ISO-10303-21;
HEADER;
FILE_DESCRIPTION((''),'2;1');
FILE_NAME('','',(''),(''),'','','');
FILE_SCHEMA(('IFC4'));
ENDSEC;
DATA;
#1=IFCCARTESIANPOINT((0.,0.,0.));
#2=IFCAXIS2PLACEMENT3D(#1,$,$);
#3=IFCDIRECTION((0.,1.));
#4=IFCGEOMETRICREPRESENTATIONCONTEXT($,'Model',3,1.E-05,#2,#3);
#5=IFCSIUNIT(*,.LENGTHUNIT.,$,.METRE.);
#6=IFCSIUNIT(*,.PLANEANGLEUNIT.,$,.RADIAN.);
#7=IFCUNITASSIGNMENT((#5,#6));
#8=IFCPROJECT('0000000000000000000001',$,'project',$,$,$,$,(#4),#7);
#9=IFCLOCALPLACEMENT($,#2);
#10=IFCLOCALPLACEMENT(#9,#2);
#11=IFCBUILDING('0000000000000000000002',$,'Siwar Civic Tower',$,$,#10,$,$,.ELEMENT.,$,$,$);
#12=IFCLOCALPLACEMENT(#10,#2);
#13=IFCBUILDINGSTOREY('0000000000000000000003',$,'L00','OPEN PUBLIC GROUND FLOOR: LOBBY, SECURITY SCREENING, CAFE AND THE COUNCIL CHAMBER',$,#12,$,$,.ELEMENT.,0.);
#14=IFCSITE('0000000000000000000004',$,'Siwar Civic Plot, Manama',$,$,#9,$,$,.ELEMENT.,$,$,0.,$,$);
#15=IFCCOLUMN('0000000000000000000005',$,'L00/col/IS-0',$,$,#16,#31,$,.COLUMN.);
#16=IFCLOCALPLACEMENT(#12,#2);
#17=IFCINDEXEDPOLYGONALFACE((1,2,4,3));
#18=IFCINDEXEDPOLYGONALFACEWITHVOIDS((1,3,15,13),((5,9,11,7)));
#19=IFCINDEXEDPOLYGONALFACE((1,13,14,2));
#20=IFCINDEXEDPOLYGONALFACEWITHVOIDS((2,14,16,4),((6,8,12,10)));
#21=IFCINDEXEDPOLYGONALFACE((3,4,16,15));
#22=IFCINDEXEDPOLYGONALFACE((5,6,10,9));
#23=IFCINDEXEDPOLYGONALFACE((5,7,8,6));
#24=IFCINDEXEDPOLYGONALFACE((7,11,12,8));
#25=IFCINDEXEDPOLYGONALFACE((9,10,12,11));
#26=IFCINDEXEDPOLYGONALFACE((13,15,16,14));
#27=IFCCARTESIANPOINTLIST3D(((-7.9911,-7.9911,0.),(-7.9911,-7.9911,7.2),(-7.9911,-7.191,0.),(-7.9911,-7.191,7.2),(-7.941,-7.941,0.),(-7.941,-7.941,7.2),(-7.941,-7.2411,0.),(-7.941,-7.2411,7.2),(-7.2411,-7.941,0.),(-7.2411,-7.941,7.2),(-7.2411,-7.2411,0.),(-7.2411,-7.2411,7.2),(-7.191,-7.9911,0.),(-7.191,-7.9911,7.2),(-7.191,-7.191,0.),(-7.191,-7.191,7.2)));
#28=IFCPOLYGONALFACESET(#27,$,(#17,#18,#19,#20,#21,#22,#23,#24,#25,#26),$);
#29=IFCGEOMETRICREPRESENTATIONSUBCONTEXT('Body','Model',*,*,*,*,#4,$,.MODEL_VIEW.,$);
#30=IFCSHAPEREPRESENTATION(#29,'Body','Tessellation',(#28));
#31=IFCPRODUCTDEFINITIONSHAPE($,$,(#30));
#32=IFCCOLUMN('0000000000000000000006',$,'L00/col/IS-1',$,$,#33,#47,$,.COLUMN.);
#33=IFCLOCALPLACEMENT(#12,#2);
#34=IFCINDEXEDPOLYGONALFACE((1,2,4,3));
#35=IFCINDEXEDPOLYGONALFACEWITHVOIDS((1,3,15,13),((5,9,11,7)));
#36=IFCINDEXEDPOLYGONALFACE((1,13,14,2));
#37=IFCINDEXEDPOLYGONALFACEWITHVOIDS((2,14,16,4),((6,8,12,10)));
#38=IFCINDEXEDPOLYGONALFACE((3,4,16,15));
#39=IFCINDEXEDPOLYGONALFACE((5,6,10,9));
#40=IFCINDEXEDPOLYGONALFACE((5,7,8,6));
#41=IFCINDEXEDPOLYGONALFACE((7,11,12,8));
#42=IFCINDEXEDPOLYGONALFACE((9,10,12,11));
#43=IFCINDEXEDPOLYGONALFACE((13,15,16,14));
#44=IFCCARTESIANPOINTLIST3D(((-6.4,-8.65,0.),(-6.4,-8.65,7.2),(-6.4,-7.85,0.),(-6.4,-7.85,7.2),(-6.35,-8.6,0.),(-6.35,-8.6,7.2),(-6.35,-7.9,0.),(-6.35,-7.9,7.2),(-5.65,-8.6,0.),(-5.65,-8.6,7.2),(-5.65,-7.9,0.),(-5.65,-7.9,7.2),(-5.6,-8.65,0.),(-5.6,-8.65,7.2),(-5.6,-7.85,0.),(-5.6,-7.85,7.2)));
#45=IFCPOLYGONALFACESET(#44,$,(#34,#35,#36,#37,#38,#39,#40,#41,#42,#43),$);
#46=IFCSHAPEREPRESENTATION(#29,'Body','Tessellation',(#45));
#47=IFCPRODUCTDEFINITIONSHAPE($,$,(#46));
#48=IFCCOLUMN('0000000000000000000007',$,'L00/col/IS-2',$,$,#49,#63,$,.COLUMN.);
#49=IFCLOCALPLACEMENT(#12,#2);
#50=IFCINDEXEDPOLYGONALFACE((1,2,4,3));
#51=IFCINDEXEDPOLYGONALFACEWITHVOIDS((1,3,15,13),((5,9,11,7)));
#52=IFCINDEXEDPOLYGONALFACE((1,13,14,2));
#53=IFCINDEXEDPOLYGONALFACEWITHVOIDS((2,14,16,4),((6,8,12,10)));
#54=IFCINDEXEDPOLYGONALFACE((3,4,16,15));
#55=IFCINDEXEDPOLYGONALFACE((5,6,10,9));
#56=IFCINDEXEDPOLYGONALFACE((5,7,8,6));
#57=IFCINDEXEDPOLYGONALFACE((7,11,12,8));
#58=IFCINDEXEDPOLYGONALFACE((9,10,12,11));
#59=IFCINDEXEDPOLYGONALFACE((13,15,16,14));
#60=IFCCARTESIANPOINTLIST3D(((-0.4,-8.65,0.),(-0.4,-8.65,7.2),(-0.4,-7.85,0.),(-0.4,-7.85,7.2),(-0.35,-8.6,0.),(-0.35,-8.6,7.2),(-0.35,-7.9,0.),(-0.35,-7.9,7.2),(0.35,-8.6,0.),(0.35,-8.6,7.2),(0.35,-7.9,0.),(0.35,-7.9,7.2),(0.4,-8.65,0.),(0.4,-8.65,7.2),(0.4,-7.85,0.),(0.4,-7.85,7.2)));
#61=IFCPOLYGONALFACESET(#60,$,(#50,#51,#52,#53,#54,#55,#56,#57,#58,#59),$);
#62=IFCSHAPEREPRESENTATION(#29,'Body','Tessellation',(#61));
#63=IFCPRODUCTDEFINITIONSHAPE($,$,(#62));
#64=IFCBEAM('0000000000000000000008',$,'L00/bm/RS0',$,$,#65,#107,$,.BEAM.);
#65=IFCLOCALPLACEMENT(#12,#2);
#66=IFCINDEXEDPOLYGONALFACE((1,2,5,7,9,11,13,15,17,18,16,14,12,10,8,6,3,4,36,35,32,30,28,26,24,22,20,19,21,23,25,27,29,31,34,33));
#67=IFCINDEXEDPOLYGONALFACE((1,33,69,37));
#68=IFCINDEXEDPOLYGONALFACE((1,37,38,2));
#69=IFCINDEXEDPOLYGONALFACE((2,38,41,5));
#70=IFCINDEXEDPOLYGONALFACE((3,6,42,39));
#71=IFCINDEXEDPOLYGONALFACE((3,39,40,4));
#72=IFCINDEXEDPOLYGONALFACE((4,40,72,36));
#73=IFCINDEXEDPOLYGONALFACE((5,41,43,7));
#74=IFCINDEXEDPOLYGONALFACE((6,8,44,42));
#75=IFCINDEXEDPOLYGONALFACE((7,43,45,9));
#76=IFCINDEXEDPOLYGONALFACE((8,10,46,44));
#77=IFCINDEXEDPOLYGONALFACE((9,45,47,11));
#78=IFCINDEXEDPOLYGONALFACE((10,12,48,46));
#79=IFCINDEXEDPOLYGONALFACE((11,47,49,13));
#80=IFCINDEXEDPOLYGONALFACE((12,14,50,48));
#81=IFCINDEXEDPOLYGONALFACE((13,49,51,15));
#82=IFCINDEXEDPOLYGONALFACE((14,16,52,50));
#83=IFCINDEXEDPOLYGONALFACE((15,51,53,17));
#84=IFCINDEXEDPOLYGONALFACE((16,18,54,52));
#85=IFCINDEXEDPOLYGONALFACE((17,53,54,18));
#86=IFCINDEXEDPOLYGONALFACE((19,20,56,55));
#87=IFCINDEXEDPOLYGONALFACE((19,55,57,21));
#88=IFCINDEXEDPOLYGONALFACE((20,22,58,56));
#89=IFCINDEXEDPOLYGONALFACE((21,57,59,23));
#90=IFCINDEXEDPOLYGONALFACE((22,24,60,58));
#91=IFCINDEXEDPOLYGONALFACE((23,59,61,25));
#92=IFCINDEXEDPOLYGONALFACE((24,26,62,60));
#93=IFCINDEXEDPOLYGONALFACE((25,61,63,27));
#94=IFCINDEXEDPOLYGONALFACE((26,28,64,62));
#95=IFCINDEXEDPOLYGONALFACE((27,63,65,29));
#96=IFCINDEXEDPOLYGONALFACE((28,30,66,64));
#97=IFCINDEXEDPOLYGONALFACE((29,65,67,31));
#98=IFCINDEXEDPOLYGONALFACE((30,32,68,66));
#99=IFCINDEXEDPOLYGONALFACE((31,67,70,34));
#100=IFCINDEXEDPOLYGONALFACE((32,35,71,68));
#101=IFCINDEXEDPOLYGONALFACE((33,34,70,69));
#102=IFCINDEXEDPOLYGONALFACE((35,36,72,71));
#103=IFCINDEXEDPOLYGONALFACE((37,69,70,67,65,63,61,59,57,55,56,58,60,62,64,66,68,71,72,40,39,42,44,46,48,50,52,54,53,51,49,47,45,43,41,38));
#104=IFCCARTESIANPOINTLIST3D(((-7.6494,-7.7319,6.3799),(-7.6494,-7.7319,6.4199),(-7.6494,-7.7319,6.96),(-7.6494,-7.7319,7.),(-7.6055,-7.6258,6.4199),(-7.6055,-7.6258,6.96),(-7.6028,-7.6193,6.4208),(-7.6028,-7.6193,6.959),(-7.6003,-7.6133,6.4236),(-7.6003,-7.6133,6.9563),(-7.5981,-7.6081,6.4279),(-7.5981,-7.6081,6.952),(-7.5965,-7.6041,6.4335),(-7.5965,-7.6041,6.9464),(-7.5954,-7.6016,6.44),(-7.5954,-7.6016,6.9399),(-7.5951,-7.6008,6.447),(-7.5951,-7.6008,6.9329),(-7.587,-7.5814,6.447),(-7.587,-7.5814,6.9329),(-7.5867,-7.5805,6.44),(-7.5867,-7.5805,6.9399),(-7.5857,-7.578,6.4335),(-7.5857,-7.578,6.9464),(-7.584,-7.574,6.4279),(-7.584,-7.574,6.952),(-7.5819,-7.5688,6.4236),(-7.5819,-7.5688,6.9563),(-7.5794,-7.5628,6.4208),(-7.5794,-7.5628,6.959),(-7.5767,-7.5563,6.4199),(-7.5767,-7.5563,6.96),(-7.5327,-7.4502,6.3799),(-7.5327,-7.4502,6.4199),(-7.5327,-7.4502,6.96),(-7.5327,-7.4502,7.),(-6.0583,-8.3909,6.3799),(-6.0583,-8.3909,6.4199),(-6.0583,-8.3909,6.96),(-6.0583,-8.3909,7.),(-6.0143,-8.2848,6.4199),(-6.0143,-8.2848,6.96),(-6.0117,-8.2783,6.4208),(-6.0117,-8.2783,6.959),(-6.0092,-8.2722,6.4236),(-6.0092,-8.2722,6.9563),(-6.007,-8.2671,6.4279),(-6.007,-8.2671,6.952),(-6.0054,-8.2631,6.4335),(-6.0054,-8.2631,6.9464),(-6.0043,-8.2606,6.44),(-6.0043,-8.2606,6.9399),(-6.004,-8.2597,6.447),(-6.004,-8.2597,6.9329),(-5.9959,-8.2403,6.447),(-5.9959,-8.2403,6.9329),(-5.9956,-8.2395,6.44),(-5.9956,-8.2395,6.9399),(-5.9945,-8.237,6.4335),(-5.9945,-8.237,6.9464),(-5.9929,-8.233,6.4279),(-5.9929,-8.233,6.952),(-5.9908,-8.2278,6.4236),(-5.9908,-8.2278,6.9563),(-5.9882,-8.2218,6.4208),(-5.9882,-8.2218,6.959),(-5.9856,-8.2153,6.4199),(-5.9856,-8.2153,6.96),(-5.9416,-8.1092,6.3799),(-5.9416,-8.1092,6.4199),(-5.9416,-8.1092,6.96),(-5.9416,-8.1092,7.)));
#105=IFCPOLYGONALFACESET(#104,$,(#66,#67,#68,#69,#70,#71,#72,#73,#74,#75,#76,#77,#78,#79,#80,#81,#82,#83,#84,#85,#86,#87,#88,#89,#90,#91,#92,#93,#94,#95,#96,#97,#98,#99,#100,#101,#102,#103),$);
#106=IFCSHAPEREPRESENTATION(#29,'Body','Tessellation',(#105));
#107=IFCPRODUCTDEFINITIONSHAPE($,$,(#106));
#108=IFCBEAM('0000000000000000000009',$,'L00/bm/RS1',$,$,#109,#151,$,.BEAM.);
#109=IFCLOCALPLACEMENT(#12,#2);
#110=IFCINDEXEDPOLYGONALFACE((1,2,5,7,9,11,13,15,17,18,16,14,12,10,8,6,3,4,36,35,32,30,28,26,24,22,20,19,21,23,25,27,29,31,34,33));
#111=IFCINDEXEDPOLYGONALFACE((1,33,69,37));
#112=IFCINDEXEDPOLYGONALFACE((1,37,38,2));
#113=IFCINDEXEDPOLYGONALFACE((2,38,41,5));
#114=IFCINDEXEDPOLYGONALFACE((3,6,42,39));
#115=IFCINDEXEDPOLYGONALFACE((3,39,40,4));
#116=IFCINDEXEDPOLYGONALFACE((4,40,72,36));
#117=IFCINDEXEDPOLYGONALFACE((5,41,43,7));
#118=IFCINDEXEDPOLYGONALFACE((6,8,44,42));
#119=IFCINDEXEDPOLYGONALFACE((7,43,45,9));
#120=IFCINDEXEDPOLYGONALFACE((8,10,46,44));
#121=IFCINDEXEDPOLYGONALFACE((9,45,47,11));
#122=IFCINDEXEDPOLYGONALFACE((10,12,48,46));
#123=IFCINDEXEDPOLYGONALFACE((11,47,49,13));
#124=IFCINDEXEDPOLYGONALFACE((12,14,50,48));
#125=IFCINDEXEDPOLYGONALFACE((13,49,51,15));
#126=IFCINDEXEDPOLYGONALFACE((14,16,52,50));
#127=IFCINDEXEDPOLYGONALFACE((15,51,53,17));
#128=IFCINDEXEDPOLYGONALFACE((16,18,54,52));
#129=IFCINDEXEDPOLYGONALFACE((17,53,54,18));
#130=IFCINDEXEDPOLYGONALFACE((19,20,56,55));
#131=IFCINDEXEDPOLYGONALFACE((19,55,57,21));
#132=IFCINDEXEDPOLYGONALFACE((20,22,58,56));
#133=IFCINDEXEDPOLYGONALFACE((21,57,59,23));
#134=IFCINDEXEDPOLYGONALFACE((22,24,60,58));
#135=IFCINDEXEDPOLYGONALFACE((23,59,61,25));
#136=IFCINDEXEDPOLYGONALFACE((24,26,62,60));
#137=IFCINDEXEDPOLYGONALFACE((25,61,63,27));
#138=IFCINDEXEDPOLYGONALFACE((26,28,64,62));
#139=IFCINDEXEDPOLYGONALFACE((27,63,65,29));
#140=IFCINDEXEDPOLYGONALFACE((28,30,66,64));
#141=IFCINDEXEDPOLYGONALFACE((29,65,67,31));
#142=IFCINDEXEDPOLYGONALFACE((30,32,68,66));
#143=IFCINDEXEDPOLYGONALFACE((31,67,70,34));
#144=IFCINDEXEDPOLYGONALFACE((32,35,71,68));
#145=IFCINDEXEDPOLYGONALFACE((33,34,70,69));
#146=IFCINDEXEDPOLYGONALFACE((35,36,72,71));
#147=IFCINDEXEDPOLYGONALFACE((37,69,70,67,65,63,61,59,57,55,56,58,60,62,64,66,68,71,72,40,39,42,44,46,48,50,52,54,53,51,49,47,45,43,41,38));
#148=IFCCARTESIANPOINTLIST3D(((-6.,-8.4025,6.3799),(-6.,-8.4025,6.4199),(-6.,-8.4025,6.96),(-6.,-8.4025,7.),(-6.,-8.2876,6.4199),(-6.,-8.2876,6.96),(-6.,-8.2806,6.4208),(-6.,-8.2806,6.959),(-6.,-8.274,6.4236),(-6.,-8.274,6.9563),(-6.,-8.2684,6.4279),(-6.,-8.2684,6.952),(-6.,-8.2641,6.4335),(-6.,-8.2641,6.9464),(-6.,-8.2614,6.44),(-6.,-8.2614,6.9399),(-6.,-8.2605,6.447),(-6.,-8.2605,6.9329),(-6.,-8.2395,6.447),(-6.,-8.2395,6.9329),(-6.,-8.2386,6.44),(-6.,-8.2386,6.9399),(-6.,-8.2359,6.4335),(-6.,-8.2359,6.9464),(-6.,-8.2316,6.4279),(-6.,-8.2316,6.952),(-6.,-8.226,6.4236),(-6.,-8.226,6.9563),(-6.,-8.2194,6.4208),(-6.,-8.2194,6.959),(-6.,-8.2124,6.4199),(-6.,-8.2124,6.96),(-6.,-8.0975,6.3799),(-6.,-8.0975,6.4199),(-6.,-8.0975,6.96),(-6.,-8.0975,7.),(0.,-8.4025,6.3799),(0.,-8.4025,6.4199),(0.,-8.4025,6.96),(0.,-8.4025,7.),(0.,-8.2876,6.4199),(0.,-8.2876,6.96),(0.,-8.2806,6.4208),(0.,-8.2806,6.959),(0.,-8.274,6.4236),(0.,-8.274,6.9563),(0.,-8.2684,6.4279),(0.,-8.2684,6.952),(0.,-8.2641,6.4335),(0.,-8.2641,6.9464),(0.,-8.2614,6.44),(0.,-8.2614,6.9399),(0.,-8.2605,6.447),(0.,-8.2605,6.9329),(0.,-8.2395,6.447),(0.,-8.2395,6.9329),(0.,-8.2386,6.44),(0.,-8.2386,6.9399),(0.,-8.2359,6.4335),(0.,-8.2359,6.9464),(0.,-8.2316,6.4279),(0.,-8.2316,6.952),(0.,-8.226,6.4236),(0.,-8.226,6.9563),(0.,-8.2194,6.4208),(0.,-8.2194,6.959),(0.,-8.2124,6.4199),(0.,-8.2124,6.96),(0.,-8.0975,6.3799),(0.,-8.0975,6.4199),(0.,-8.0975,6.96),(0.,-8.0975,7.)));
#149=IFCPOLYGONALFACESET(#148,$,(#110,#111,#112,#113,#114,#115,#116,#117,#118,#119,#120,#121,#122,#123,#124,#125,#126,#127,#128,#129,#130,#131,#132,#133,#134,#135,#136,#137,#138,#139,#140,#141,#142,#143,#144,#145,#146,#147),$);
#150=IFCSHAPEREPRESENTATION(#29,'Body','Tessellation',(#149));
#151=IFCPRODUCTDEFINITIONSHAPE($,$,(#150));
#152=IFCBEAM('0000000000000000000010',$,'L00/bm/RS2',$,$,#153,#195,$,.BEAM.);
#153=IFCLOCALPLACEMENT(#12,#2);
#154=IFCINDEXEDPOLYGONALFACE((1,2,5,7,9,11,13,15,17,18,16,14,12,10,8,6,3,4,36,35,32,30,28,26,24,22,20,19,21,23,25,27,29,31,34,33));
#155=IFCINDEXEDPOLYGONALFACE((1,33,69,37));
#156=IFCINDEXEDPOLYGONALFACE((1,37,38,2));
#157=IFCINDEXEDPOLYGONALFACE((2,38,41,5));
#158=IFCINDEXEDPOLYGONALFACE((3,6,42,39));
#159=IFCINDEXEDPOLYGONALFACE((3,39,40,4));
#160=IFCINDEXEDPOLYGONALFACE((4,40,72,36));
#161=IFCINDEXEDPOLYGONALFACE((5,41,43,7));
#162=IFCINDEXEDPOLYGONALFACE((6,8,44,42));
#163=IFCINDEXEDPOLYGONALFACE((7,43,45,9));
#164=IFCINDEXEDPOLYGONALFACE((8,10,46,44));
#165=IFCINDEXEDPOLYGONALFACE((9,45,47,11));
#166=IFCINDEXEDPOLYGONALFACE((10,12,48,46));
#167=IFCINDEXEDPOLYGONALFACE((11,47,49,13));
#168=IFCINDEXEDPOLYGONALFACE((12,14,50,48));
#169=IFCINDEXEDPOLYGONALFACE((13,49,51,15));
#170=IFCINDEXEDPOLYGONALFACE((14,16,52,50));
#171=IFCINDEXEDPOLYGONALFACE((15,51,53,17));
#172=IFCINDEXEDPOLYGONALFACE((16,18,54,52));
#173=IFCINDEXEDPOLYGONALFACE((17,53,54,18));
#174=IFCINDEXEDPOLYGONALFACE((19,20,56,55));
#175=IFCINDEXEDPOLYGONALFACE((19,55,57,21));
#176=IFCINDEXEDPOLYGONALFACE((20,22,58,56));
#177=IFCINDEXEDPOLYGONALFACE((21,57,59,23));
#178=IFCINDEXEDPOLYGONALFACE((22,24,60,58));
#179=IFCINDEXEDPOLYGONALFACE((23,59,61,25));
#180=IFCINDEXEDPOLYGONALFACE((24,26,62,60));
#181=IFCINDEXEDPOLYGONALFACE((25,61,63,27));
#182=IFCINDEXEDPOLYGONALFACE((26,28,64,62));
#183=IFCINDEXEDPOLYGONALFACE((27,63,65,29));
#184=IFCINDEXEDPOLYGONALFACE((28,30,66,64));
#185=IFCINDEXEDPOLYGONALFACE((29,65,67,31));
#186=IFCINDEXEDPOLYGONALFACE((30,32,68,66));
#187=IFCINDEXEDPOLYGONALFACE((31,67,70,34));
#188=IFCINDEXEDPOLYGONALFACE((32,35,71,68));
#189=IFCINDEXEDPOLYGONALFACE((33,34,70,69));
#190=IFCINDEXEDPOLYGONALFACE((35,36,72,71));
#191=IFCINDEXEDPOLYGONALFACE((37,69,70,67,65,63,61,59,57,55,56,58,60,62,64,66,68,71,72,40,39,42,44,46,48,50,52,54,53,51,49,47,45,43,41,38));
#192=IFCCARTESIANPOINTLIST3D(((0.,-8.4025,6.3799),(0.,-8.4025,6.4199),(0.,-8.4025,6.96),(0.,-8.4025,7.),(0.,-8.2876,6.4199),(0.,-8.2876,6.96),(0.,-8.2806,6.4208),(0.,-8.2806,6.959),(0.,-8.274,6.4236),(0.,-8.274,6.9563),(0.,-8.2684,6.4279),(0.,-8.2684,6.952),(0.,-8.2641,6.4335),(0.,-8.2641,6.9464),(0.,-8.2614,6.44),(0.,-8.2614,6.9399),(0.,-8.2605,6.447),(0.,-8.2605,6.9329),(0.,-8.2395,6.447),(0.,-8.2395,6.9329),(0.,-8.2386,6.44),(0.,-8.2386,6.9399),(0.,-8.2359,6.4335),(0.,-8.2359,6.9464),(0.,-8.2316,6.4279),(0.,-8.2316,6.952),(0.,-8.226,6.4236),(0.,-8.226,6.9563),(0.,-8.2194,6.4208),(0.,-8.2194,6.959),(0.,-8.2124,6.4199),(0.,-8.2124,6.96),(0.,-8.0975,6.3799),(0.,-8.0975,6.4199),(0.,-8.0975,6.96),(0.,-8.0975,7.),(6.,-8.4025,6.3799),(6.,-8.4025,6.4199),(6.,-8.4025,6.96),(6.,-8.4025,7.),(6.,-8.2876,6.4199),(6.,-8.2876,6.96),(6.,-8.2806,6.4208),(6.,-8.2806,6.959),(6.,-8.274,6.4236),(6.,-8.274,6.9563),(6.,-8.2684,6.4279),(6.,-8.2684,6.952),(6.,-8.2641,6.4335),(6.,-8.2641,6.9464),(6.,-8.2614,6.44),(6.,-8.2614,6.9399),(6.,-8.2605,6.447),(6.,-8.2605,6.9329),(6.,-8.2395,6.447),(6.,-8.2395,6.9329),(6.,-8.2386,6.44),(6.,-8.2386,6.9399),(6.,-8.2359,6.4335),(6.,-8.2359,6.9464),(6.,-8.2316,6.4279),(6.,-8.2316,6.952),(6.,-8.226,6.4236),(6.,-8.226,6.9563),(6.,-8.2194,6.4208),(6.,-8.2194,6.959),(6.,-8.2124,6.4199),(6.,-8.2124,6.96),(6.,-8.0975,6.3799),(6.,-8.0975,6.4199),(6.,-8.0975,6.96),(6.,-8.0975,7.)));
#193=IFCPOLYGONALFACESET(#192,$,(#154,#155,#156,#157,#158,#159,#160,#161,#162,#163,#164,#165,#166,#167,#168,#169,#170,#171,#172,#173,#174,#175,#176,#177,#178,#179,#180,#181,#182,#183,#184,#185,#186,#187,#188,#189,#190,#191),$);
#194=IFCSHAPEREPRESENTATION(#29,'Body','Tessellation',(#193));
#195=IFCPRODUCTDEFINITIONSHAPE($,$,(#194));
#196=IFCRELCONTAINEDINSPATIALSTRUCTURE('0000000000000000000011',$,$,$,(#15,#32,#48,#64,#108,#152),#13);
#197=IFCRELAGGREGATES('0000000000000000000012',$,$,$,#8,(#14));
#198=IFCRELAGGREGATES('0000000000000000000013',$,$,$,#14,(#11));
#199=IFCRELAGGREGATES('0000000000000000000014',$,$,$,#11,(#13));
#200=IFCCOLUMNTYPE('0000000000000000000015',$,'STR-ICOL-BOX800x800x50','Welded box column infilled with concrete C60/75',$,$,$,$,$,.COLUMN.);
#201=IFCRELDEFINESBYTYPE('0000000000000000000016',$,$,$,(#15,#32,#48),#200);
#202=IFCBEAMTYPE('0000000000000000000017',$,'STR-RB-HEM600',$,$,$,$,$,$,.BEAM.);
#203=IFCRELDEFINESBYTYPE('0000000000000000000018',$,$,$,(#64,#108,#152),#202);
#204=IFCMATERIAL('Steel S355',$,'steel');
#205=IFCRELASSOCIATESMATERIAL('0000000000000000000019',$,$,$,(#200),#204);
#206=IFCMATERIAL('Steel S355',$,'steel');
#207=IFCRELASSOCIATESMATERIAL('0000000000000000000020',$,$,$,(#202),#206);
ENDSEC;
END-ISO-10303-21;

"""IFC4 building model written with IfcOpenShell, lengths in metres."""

from ifc_helpers import new_model, si_unit, direction, frame, origin, origin_2d, place, context, subcontext, project, spatial, hollow_rectangle, i_section, extrude, material, material_profile, profile_set, type_object, element, save


model = new_model("IFC4")

# Units and contexts
model_context = context("Model", 3, precision=1e-05, world=origin(), true_north=direction((0.0, 1.0)))
body_context = subcontext(model_context, "Body", "Model", "MODEL_VIEW")
ifc_project = project(units=[si_unit("LENGTHUNIT", "METRE"), si_unit("PLANEANGLEUNIT", "RADIAN")], contexts=[model_context])

# Site, building, storey
site_placement = place(None, origin())
site = spatial("IfcSite", under=ifc_project, at=site_placement, Name="Siwar Civic Plot, Manama", CompositionType="ELEMENT", RefElevation=0.0)
building_placement = place(site_placement, origin())
building = spatial("IfcBuilding", under=site, at=building_placement, Name="Siwar Civic Tower", CompositionType="ELEMENT")
storey_placement = place(building_placement, origin())
storey = spatial("IfcBuildingStorey", under=building, at=storey_placement, Name="L00", Description="OPEN PUBLIC GROUND FLOOR: LOBBY, SECURITY SCREENING, CAFE AND THE COUNCIL CHAMBER", CompositionType="ELEMENT", Elevation=0.0)

# Columns
ifc_material_1 = material(Name="Steel S355", Category="steel")
ifc_material_profile_1 = material_profile(ifc_material_1, hollow_rectangle(XDim=0.8, YDim=0.8, WallThickness=0.05, at=origin_2d()), Name="BOX800x800x50")
ifc_profile_set_1 = profile_set([ifc_material_profile_1], Name="Steel S355")
column_type = type_object("IfcColumnType", Name="STR-ICOL-BOX800x800x50", Description="Welded box column infilled with concrete C60/75", PredefinedType="COLUMN", material=ifc_profile_set_1)
for number, where, z_axis, x_axis, name in (
    (1, (-7.5911, -7.5911, 0.0), (0.0, 0.0, 1.0), (1.0, 0.0, 0.0), "L00/col/IS-0"),
    (2, (-6.0, -8.25, 0.0), (0.0, 0.0, 1.0), (1.0, 0.0, 0.0), "L00/col/IS-1"),
    (3, (0.0, -8.25, 0.0), (0.0, 0.0, 1.0), (1.0, 0.0, 0.0), "L00/col/IS-2"),
):
    element("IfcColumn", number, at=place(storey_placement, frame(where, z_axis=z_axis, x_axis=x_axis)), inside=storey, type_object=column_type, Name=name, PredefinedType="COLUMN", context=body_context, shape_type="SweptSolid", body=[
        extrude(hollow_rectangle(XDim=0.8, YDim=0.8, WallThickness=0.05, at=origin_2d()), origin(), (0.0, 0.0, 1.0), 7.2),
    ])

# Beams
ifc_material_2 = material(Name="Steel S355", Category="steel")
ifc_material_profile_2 = material_profile(ifc_material_2, i_section(OverallWidth=0.3049, OverallDepth=0.6201, WebThickness=0.021, FlangeThickness=0.04, FilletRadius=0.0271, at=origin_2d()), Name="HEM600")
ifc_profile_set_2 = profile_set([ifc_material_profile_2], Name="Steel S355")
beam_type = type_object("IfcBeamType", Name="STR-RB-HEM600", PredefinedType="BEAM", material=ifc_profile_set_2)
beam_1_placement = place(storey_placement, frame((-7.5911, -7.5911, 6.6899), z_axis=(0.923901, -0.382631, 0.0), x_axis=(0.382631, 0.923901, 0.0)))
element("IfcBeam", 4, at=beam_1_placement, inside=storey, type_object=beam_type, Name="L00/bm/RS0", PredefinedType="BEAM", context=body_context, shape_type="SweptSolid", body=[
    extrude(i_section(OverallWidth=0.3049, OverallDepth=0.6201, WebThickness=0.021, FlangeThickness=0.04, FilletRadius=0.0271, at=origin_2d()), origin(), (0.0, 0.0, 1.0), 1.7222),
])
for number, where, z_axis, x_axis, name in (
    (5, (-6.0, -8.25, 6.6899), (1.0, 0.0, 0.0), (0.0, 1.0, 0.0), "L00/bm/RS1"),
    (6, (0.0, -8.25, 6.6899), (1.0, 0.0, 0.0), (0.0, 1.0, 0.0), "L00/bm/RS2"),
):
    element("IfcBeam", number, at=place(storey_placement, frame(where, z_axis=z_axis, x_axis=x_axis)), inside=storey, type_object=beam_type, Name=name, PredefinedType="BEAM", context=body_context, shape_type="SweptSolid", body=[
        extrude(i_section(OverallWidth=0.3049, OverallDepth=0.6201, WebThickness=0.021, FlangeThickness=0.04, FilletRadius=0.0271, at=origin_2d()), origin(), (0.0, 0.0, 1.0), 6.0),
    ])

save(model, "model.ifc")
